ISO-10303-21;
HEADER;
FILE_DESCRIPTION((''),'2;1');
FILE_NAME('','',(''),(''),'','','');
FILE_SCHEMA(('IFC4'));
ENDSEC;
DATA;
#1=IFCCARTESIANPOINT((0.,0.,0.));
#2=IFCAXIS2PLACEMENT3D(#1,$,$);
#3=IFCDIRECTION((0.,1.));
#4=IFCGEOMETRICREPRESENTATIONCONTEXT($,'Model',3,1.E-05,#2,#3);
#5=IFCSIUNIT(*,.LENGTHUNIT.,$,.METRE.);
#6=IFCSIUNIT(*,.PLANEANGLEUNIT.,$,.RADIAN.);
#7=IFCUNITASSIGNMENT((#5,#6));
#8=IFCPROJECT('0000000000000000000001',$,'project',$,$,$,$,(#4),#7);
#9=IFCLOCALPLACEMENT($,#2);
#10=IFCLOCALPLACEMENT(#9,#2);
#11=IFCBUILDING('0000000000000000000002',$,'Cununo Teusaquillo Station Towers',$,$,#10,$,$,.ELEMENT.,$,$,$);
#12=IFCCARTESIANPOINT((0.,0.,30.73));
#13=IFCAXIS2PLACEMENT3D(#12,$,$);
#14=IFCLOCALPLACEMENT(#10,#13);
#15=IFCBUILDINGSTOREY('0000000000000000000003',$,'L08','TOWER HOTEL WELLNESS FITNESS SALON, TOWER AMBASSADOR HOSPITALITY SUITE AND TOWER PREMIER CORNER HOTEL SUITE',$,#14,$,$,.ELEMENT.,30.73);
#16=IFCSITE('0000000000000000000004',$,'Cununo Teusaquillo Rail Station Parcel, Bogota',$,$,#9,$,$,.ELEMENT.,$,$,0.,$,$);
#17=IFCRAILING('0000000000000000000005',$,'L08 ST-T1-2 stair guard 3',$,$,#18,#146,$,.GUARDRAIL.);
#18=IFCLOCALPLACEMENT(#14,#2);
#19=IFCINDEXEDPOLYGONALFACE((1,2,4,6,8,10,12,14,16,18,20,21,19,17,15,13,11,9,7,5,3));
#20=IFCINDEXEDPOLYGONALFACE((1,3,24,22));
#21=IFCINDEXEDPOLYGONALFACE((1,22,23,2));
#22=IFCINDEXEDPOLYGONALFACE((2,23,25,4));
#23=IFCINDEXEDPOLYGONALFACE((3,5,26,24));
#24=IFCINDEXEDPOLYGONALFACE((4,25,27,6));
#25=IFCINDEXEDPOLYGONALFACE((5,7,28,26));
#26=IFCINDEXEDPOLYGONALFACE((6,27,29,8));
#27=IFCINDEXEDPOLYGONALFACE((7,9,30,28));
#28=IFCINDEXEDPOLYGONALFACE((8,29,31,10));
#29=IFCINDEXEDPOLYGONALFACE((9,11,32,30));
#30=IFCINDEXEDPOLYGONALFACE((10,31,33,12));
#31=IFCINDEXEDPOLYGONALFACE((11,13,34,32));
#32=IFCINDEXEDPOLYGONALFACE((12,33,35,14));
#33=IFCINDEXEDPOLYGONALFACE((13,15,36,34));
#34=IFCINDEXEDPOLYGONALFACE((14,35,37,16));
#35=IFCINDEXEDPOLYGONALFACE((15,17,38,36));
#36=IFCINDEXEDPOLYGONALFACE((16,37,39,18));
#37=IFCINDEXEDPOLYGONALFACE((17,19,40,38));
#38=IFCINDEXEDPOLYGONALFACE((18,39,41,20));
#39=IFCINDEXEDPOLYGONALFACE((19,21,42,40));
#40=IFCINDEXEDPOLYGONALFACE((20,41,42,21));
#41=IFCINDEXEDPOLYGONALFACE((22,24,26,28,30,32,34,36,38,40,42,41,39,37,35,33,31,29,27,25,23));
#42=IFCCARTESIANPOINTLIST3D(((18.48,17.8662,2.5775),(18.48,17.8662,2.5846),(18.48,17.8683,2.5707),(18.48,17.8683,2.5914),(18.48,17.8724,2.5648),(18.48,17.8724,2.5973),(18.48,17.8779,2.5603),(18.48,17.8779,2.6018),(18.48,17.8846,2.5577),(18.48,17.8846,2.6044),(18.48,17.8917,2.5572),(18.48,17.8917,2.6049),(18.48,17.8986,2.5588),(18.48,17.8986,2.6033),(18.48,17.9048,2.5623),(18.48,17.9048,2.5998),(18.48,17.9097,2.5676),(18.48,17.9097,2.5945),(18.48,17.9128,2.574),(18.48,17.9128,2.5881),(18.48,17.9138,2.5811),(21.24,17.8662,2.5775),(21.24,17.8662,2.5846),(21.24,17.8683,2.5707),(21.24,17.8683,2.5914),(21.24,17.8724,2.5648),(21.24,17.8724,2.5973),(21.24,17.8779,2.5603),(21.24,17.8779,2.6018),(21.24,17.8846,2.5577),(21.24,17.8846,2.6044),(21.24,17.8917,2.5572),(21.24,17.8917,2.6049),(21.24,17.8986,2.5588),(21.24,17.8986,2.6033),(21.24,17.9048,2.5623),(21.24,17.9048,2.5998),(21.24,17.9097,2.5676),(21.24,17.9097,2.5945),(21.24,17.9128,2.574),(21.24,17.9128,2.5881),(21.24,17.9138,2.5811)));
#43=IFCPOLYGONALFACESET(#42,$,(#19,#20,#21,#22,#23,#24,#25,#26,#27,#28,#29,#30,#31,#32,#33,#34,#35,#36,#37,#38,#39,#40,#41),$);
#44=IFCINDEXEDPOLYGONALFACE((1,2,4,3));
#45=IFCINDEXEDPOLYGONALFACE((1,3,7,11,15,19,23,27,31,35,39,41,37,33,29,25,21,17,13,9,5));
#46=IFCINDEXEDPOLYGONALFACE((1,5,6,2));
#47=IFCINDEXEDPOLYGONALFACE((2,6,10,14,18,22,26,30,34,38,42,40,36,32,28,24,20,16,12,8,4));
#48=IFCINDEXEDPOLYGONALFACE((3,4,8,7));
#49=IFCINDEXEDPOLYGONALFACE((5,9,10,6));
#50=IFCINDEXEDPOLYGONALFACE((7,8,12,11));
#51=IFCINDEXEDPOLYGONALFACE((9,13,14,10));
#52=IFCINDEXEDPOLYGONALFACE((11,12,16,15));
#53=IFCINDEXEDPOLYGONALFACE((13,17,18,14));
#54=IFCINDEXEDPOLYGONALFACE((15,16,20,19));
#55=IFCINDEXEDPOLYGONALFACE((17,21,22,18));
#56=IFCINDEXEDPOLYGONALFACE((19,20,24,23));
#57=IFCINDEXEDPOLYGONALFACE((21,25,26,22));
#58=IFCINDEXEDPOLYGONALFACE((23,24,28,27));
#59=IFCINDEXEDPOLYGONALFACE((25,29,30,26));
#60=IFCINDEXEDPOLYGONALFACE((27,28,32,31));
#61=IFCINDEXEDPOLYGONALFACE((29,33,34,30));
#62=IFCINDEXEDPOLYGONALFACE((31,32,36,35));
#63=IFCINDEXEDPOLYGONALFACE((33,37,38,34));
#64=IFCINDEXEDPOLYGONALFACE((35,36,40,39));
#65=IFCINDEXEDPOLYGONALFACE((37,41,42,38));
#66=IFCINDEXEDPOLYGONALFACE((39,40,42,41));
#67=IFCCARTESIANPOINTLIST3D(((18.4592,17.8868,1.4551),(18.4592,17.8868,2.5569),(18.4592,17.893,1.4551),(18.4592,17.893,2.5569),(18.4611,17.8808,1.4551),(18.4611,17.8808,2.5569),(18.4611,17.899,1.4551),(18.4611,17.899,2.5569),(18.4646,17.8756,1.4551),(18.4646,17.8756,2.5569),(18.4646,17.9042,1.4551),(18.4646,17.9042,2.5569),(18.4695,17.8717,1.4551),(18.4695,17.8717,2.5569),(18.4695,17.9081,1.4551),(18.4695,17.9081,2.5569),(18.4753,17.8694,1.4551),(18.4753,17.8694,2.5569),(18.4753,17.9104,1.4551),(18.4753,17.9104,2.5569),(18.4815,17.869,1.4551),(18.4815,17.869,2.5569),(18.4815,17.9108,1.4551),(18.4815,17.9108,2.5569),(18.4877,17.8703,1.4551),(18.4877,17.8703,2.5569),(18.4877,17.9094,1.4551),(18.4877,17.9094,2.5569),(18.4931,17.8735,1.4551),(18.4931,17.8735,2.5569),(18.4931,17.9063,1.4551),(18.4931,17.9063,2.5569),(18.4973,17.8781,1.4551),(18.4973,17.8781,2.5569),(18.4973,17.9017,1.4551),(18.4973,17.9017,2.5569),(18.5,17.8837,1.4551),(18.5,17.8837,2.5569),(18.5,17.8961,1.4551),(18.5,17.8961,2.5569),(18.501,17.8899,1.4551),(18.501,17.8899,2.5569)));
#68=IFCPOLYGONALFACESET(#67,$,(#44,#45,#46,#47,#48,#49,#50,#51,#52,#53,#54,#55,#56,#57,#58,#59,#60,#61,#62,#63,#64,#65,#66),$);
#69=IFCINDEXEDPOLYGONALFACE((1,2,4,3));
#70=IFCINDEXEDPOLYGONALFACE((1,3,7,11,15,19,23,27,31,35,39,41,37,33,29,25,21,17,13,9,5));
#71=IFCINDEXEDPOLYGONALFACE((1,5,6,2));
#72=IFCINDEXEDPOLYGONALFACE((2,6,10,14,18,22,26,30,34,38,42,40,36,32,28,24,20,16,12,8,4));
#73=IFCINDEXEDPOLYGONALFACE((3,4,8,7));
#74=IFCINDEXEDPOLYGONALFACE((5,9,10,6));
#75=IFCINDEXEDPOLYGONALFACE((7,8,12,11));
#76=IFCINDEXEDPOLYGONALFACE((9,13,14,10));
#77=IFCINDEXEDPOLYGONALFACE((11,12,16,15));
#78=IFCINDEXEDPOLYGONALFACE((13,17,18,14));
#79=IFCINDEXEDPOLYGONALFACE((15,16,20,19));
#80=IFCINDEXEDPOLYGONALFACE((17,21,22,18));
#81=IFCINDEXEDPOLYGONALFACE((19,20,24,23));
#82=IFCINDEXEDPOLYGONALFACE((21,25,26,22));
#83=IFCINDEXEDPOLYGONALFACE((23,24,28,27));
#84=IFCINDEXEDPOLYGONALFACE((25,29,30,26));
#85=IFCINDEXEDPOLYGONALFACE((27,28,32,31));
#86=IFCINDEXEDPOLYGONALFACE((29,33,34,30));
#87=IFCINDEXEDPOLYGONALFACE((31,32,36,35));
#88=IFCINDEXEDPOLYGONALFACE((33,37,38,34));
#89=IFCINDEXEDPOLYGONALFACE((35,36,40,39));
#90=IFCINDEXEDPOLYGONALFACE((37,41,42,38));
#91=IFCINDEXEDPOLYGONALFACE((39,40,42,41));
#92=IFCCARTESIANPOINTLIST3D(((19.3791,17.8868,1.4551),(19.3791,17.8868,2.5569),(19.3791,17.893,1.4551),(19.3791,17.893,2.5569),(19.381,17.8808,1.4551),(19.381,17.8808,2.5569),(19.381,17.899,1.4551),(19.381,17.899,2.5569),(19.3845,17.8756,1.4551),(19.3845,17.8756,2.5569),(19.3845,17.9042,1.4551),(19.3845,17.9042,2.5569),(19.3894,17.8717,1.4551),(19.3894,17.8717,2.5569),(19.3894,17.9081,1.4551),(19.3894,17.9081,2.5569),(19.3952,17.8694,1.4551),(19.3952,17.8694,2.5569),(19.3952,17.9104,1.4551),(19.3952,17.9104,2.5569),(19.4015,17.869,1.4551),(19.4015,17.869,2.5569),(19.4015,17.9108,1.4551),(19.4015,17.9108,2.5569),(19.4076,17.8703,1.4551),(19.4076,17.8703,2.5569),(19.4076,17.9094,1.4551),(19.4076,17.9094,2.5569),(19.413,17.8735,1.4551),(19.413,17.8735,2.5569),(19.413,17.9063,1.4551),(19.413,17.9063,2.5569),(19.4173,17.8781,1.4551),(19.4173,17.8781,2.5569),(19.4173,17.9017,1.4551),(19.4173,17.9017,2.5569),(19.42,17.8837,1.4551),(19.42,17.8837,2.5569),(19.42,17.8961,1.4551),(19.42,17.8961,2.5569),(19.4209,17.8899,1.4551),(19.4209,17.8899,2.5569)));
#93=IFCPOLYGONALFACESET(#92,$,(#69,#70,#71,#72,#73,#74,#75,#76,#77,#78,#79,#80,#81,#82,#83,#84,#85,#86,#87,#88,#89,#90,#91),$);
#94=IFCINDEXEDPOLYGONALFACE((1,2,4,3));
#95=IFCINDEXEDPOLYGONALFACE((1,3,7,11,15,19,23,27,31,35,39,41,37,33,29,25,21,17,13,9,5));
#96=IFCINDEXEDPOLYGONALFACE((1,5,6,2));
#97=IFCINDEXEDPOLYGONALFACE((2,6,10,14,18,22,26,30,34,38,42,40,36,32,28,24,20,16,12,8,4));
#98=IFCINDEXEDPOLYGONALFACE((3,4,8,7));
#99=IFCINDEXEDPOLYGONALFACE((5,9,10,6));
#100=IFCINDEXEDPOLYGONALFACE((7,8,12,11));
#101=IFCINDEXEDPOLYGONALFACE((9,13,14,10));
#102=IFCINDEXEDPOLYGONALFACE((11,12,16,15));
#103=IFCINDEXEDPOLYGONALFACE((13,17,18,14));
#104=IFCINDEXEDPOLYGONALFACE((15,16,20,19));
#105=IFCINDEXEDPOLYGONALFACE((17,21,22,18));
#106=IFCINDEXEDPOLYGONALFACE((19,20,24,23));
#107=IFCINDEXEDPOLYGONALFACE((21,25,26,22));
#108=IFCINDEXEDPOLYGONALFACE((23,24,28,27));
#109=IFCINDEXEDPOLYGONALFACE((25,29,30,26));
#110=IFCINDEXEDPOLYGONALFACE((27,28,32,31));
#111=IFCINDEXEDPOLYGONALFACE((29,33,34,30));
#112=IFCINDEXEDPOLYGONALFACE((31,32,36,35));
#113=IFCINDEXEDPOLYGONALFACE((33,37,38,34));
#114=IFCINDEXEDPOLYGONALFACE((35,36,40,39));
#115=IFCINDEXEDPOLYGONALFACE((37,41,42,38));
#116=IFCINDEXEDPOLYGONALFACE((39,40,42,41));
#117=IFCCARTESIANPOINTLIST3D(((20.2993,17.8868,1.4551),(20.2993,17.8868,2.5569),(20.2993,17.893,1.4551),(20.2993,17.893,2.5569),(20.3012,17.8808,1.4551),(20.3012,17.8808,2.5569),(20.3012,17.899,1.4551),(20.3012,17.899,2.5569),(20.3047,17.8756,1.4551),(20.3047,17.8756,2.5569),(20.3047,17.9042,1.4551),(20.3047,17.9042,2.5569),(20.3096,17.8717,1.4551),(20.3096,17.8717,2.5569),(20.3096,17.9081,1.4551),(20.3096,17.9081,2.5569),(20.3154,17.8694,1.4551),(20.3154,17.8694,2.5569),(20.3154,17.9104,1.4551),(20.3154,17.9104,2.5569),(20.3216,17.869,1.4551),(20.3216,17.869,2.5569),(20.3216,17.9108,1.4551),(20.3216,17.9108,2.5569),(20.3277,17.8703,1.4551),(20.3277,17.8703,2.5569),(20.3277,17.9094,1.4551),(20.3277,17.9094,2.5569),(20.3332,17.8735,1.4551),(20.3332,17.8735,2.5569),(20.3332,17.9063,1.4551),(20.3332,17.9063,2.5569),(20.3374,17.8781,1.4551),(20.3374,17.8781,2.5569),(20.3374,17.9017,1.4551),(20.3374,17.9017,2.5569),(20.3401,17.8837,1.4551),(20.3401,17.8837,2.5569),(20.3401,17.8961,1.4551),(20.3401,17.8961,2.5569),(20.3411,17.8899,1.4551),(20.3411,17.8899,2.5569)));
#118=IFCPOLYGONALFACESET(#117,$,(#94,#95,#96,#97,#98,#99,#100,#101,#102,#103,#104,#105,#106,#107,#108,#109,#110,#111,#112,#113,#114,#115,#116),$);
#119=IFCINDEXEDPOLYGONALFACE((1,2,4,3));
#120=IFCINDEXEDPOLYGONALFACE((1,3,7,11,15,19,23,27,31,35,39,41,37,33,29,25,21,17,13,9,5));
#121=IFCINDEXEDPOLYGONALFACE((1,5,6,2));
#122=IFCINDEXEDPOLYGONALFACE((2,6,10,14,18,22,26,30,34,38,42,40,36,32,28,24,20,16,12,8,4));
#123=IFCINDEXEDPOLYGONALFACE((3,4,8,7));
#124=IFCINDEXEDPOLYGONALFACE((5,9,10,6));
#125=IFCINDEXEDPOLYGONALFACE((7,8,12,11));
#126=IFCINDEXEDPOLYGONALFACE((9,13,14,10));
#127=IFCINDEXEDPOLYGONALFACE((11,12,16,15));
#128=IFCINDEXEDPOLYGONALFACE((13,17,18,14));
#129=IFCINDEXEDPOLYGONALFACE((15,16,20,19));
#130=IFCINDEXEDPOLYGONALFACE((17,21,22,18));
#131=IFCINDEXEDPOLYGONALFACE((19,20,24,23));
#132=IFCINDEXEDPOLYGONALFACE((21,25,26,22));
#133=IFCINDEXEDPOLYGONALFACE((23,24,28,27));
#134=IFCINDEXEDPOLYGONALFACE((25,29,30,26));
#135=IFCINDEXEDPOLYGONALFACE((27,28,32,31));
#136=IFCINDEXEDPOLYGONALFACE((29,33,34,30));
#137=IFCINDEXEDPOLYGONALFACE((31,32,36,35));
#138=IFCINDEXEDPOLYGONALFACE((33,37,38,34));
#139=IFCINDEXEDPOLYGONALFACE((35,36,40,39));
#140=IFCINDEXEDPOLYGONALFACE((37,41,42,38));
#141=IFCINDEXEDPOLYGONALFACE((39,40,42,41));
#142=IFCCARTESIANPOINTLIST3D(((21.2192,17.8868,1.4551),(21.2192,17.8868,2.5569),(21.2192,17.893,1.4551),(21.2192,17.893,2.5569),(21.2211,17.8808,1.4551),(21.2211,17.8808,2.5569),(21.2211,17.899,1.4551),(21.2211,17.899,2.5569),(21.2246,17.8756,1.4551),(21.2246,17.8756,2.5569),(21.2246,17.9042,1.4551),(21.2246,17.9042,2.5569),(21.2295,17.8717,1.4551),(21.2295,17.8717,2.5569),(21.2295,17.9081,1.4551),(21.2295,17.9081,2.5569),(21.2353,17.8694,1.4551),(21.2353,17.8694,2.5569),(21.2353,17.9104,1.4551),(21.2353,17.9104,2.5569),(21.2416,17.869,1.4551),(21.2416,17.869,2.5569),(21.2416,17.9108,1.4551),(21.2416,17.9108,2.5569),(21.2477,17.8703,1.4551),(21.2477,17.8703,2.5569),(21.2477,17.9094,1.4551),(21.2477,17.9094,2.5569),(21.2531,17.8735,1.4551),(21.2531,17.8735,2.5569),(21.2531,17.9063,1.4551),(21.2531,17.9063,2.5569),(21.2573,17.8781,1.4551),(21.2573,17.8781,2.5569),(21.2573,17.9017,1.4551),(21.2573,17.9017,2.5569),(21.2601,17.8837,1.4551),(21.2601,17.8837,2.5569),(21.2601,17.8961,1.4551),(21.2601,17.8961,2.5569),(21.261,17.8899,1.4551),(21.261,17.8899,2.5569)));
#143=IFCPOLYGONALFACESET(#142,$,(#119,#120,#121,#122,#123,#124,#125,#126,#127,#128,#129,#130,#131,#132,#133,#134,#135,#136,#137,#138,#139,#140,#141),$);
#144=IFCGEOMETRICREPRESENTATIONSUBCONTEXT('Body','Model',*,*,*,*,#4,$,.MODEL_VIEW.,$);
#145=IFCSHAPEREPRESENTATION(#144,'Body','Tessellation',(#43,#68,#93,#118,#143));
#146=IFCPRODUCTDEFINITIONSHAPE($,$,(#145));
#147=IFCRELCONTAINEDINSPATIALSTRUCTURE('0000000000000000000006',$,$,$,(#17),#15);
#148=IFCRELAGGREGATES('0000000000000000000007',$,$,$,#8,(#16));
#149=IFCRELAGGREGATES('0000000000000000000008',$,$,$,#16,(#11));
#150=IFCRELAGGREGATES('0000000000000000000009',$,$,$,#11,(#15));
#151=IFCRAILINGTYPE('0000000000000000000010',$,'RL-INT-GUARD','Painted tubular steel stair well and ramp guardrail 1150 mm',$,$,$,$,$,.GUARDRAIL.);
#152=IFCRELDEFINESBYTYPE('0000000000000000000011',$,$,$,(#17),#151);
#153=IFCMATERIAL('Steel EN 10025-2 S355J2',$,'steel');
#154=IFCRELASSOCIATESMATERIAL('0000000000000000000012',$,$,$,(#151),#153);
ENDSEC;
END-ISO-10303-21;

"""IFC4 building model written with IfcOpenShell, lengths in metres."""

from ifc_helpers import new_model, si_unit, direction, frame, origin, origin_2d, place, context, subcontext, project, spatial, circle, extrude, material, type_object, element, save


model = new_model("IFC4")

# Units and contexts
model_context = context("Model", 3, precision=1e-05, world=origin(), true_north=direction((0.0, 1.0)))
body_context = subcontext(model_context, "Body", "Model", "MODEL_VIEW")
ifc_project = project(units=[si_unit("LENGTHUNIT", "METRE"), si_unit("PLANEANGLEUNIT", "RADIAN")], contexts=[model_context])

# Site, building, storey
site_placement = place(None, origin())
site = spatial("IfcSite", under=ifc_project, at=site_placement, Name="Cununo Teusaquillo Rail Station Parcel, Bogota", CompositionType="ELEMENT", RefElevation=0.0)
building_placement = place(site_placement, origin())
building = spatial("IfcBuilding", under=site, at=building_placement, Name="Cununo Teusaquillo Station Towers", CompositionType="ELEMENT")
storey_placement = place(building_placement, frame((0.0, 0.0, 30.73)))
storey = spatial("IfcBuildingStorey", under=building, at=storey_placement, Name="L08", Description="TOWER HOTEL WELLNESS FITNESS SALON, TOWER AMBASSADOR HOSPITALITY SUITE AND TOWER PREMIER CORNER HOTEL SUITE", CompositionType="ELEMENT", Elevation=30.73)

# Railing
ifc_material_1 = material(Name="Steel EN 10025-2 S355J2", Category="steel")
railing_type_1 = type_object("IfcRailingType", Name="RL-INT-GUARD", Description="Painted tubular steel stair well and ramp guardrail 1150 mm", PredefinedType="GUARDRAIL", material=ifc_material_1)
railing_1_placement = place(storey_placement, frame((18.48, 17.8899, 1.4551)))
element("IfcRailing", 1, at=railing_1_placement, inside=storey, type_object=railing_type_1, Name="L08 ST-T1-2 stair guard 3", PredefinedType="GUARDRAIL", context=body_context, shape_type="SweptSolid", body=[
    extrude(circle(Radius=0.0239, at=origin_2d()), frame((0.0, 0.0, 1.126), z_axis=(1.0, 0.0, 0.0), x_axis=(0.0, 1.0, 0.0)), (0.0, 0.0, 1.0), 2.76),
    extrude(circle(Radius=0.021, at=origin_2d()), origin(), (0.0, 0.0, 1.0), 1.1018),
    extrude(circle(Radius=0.021, at=origin_2d()), frame((0.9199, 0.0, 0.0)), (0.0, 0.0, 1.0), 1.1018),
    extrude(circle(Radius=0.021, at=origin_2d()), frame((1.8401, 0.0, 0.0)), (0.0, 0.0, 1.0), 1.1018),
    extrude(circle(Radius=0.021, at=origin_2d()), frame((2.76, 0.0, 0.0)), (0.0, 0.0, 1.0), 1.1018),
])

save(model, "model.ifc")
